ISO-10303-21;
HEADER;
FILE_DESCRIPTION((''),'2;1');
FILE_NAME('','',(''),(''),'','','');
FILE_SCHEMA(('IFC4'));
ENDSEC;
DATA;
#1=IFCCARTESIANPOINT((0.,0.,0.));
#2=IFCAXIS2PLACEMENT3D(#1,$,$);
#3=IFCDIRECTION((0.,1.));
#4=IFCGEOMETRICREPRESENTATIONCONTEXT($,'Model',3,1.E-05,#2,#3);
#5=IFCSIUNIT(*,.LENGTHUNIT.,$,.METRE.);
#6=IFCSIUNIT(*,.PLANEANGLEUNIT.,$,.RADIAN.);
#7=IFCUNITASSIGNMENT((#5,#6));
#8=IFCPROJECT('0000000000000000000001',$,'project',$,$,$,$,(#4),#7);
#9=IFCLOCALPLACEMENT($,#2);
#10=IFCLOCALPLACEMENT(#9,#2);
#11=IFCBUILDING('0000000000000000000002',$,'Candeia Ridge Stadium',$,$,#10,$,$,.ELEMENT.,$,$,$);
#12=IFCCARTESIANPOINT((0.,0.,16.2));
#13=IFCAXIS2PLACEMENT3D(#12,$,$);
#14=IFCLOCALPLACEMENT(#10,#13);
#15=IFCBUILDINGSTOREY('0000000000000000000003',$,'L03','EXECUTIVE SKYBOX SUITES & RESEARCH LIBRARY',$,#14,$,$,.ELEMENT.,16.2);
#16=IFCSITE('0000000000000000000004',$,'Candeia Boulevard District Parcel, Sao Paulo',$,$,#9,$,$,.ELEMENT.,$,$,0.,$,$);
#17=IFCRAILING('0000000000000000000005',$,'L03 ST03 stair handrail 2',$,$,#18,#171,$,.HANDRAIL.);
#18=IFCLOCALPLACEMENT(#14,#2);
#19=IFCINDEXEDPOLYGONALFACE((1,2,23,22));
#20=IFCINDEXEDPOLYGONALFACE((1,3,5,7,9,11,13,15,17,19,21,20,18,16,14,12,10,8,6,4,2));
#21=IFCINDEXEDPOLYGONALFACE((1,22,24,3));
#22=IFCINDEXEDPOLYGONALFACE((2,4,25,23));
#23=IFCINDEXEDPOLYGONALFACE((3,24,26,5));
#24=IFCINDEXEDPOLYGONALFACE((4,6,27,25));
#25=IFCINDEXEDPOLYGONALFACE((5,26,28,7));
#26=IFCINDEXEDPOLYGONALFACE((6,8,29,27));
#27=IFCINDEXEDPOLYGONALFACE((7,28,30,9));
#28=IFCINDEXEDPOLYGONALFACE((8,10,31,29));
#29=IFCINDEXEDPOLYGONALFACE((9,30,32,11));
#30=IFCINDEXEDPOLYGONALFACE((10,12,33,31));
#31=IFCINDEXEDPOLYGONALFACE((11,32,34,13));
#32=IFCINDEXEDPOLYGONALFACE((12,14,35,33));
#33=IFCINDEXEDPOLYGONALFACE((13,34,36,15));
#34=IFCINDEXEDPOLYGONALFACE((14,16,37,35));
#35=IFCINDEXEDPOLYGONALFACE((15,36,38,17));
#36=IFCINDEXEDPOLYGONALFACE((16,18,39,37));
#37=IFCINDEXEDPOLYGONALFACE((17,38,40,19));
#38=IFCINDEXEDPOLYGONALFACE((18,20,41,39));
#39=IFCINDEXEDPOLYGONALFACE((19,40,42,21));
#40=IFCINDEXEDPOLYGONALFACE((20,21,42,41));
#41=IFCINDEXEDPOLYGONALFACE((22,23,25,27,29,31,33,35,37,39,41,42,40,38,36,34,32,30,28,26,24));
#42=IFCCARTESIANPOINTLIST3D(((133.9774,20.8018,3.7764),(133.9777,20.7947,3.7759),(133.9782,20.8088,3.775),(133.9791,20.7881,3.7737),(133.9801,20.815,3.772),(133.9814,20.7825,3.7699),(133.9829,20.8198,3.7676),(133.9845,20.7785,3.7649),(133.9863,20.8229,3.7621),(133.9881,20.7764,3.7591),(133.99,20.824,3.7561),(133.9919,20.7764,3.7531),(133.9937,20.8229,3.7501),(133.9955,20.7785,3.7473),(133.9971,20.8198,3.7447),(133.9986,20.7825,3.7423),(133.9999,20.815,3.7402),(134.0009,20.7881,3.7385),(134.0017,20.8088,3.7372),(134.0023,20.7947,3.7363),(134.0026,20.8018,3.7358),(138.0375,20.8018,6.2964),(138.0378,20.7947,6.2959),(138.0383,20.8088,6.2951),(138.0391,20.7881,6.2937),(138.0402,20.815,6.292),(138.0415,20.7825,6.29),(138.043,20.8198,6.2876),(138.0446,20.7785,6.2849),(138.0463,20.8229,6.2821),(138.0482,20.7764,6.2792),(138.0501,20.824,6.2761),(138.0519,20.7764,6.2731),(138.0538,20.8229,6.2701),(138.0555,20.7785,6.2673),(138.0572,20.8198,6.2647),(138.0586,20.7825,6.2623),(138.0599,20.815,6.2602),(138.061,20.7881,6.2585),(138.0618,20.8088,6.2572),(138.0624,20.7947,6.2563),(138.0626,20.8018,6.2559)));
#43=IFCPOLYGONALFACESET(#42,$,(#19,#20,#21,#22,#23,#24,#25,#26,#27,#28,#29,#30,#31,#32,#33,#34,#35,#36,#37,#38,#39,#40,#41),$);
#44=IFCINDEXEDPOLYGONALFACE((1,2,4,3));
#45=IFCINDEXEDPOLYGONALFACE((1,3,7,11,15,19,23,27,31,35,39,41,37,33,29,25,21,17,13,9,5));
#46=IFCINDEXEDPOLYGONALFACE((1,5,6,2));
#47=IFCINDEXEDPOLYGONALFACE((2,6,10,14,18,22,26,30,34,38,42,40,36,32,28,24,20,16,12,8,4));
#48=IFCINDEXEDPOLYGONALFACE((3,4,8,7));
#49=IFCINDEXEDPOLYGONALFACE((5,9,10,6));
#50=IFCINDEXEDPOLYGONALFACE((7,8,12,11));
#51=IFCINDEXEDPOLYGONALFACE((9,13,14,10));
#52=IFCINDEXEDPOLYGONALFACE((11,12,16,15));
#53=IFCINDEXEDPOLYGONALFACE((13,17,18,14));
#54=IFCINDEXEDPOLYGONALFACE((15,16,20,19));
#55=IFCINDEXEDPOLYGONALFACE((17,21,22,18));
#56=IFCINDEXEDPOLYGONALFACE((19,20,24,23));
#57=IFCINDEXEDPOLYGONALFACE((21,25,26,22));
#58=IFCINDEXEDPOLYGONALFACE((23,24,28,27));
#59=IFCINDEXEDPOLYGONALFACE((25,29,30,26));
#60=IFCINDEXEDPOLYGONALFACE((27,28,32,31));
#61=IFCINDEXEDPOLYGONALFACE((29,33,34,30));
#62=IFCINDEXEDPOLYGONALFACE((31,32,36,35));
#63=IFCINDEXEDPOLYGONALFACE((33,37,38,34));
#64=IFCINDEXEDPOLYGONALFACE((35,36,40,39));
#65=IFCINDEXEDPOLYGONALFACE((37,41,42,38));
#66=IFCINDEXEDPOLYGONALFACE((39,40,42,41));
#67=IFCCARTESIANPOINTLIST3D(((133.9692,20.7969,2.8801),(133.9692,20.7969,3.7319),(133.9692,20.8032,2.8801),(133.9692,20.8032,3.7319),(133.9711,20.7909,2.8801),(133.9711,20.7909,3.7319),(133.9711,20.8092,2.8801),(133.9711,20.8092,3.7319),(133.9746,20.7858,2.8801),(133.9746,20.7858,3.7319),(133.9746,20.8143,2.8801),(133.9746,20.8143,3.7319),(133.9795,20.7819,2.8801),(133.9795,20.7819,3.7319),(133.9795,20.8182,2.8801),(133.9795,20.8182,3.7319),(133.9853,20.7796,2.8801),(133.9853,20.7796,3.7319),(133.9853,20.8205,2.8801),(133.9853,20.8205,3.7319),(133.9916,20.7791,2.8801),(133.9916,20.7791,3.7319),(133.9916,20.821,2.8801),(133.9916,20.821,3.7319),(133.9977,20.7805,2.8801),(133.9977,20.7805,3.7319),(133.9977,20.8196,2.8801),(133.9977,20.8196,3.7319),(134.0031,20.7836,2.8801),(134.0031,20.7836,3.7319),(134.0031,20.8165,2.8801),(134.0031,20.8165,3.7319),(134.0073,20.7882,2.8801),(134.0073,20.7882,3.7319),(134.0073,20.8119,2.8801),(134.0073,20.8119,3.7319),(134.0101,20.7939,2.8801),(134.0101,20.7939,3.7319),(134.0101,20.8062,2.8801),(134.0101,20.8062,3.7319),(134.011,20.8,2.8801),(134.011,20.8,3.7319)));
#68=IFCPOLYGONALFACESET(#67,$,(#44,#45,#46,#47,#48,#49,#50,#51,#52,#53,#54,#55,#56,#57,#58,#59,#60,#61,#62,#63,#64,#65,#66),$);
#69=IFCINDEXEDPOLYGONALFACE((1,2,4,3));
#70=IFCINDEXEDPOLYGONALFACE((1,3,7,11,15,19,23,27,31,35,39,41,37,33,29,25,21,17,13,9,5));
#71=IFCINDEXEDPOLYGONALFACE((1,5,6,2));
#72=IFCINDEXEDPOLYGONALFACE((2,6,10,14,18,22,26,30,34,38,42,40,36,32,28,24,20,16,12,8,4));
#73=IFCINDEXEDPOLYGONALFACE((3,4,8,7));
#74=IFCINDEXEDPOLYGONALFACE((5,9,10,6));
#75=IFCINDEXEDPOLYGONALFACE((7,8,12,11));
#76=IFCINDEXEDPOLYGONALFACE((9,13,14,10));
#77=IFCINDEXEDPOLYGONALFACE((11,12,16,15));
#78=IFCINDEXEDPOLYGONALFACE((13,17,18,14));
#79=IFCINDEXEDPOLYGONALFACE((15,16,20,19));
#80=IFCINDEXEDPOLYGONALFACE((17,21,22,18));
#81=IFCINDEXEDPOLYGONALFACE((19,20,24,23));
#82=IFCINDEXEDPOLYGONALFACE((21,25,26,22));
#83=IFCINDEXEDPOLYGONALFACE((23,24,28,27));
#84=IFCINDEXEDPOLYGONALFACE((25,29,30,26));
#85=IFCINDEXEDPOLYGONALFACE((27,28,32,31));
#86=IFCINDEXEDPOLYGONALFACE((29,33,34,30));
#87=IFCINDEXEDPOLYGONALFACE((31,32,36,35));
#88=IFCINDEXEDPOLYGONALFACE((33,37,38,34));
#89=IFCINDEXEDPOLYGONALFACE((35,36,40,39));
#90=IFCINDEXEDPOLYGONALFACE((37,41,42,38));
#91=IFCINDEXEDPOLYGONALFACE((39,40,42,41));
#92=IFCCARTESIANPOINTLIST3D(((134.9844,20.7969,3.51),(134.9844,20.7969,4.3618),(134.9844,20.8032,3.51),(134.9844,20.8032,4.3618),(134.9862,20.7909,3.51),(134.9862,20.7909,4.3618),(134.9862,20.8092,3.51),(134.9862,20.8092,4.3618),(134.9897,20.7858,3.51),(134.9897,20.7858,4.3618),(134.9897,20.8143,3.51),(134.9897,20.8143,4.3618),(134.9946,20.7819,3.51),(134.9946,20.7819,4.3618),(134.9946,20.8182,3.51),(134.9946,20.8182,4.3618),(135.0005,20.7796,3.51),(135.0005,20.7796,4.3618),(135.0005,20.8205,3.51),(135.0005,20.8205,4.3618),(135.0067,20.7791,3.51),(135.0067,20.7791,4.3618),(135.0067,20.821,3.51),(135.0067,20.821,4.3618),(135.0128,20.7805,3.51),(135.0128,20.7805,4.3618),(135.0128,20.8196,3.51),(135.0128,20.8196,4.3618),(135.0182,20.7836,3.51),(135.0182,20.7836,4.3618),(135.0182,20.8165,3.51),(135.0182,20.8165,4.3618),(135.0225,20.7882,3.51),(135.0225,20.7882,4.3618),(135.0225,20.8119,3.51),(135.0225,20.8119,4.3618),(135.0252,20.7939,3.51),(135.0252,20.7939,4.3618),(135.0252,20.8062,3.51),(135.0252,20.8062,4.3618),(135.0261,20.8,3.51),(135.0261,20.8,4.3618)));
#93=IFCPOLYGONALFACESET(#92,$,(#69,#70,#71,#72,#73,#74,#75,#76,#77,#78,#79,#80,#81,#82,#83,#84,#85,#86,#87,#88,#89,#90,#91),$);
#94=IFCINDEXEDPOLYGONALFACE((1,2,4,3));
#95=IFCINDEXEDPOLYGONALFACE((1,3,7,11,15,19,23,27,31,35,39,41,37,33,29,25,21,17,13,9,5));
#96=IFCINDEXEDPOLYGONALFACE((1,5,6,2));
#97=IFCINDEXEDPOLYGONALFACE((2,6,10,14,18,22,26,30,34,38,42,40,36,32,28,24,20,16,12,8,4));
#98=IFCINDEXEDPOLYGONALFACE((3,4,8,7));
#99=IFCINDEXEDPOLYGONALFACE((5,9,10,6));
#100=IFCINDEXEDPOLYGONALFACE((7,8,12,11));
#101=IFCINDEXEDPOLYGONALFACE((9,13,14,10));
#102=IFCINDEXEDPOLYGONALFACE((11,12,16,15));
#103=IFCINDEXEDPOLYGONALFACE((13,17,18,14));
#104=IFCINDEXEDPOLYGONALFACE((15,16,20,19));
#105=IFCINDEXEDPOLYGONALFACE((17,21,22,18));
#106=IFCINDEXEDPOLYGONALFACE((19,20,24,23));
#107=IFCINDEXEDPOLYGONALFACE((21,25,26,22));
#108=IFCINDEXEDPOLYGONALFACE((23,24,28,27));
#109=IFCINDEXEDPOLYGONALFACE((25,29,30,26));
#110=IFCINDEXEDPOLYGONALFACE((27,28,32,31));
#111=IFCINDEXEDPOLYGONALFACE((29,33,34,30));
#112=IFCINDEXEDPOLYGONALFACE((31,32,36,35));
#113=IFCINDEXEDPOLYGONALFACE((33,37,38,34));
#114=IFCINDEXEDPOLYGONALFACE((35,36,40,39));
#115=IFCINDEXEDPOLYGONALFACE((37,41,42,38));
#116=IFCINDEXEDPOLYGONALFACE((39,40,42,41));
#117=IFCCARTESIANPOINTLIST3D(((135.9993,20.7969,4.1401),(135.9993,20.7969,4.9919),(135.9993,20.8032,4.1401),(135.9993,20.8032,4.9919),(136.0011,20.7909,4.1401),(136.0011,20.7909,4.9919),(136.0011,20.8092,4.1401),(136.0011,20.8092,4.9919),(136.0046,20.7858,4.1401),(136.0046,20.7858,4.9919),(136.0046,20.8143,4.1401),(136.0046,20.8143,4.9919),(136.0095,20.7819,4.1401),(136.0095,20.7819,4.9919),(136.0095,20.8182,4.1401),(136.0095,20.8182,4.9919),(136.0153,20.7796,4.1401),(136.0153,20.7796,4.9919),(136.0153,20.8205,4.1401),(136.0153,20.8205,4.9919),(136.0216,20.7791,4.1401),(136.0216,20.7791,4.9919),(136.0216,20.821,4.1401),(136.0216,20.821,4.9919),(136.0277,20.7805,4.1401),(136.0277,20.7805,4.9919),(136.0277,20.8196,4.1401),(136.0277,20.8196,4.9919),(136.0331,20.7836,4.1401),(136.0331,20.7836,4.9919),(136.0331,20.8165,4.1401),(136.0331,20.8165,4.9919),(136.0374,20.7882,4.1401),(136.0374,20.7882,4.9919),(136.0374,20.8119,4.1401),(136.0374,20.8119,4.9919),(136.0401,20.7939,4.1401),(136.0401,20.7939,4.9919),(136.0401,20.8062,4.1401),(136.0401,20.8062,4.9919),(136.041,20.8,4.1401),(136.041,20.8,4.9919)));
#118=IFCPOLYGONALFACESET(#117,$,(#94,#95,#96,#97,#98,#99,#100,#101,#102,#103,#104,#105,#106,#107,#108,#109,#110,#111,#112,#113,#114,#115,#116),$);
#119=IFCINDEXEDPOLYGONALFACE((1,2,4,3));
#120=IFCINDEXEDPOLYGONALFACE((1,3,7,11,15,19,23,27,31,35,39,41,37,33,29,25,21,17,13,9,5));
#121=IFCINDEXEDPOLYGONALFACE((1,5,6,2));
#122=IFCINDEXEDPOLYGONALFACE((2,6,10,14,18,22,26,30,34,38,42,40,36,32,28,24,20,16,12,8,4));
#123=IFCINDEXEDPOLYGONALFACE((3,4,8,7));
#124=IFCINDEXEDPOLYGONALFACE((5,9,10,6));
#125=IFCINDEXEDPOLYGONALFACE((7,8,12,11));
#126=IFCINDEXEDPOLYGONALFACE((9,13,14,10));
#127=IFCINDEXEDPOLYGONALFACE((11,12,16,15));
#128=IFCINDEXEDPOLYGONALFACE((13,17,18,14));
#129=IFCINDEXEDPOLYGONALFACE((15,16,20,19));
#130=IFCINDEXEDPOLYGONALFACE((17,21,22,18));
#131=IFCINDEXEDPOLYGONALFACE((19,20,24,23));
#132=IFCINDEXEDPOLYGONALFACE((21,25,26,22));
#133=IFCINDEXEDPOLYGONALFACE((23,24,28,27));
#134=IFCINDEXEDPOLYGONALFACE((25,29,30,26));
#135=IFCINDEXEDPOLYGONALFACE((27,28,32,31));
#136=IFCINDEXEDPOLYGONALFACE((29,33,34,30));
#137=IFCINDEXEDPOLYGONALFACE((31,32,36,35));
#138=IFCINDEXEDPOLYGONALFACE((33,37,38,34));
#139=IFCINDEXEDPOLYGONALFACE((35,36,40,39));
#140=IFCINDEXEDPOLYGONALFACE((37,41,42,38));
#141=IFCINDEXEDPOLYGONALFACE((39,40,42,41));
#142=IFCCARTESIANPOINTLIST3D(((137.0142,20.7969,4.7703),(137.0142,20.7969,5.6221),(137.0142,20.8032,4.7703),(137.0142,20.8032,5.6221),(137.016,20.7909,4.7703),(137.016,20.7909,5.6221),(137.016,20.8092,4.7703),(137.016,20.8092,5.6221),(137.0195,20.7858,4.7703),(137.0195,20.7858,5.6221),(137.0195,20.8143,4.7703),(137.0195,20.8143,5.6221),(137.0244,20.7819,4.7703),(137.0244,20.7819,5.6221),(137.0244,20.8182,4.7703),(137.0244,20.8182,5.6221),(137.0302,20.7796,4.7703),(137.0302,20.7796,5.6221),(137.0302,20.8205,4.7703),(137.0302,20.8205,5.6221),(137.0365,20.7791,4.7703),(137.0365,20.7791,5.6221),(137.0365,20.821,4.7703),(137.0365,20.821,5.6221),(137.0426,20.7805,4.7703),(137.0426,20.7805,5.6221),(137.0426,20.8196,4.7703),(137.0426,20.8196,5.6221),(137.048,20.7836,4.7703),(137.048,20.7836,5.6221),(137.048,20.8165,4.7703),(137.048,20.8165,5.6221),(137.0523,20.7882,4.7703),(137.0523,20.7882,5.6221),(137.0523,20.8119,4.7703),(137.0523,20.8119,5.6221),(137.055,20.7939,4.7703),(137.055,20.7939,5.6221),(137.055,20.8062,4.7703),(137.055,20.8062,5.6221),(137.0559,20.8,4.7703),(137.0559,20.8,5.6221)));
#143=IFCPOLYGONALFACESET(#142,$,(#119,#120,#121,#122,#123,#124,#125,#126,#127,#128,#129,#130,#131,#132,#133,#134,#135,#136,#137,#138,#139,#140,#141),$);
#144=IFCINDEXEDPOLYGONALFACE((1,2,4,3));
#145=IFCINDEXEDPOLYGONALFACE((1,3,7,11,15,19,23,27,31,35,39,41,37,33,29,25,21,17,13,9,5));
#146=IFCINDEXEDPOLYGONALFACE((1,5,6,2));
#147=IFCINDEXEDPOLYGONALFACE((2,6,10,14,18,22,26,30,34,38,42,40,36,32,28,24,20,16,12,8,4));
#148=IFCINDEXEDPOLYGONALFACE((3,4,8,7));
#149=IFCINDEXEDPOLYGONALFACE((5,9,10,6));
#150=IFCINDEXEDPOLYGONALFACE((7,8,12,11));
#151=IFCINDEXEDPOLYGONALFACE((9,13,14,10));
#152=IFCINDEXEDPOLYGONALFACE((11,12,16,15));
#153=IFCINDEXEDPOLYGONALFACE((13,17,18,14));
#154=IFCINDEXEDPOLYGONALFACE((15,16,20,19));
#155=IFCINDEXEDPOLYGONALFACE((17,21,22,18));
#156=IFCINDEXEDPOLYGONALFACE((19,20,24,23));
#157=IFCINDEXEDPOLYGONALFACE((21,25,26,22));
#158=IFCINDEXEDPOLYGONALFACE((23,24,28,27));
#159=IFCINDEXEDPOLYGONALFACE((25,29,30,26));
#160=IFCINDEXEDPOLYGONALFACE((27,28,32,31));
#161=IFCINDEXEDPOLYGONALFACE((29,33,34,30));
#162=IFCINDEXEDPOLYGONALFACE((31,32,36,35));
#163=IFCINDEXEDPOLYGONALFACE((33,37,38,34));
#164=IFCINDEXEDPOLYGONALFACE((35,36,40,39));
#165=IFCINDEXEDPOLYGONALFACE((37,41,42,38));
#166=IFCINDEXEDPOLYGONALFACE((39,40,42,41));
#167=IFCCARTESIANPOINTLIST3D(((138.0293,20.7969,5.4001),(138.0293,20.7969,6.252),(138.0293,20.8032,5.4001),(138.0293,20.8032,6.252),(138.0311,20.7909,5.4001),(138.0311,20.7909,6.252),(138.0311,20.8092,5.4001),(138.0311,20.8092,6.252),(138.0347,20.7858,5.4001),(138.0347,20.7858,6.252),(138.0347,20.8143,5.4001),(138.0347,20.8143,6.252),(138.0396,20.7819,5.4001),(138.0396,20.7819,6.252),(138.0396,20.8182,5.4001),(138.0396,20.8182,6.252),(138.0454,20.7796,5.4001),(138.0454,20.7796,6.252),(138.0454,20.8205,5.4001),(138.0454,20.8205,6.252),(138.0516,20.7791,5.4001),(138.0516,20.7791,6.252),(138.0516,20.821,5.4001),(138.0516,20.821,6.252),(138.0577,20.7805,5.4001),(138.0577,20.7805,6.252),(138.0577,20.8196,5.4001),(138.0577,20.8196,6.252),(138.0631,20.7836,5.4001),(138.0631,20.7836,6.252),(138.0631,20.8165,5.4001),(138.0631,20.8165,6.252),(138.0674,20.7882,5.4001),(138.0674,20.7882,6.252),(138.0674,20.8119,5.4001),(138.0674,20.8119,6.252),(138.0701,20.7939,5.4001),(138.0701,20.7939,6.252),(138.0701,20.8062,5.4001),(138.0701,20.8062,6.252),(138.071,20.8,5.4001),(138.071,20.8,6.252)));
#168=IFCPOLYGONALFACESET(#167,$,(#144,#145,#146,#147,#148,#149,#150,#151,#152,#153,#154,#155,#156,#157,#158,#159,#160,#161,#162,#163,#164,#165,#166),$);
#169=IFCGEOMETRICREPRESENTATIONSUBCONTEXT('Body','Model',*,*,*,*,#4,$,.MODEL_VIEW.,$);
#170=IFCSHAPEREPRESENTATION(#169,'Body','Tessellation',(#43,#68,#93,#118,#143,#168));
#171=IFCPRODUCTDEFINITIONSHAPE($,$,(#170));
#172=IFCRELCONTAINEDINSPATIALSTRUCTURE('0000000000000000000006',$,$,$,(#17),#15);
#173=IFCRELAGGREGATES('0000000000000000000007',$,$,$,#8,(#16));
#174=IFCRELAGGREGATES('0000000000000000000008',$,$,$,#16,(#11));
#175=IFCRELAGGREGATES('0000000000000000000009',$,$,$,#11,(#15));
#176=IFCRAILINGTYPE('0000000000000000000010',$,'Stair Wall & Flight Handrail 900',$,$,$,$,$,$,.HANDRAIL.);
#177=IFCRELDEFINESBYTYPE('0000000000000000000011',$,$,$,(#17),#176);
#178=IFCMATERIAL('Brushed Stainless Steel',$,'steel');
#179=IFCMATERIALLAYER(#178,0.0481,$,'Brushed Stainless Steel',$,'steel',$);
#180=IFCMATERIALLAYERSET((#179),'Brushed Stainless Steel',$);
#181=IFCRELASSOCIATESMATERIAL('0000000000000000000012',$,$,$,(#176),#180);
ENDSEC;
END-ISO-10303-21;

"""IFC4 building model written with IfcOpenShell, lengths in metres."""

from ifc_helpers import new_model, si_unit, direction, frame, origin, origin_2d, place, context, subcontext, project, spatial, circle, extrude, material, layer, layer_set, type_object, element, save


model = new_model("IFC4")

# Units and contexts
model_context = context("Model", 3, precision=1e-05, world=origin(), true_north=direction((0.0, 1.0)))
body_context = subcontext(model_context, "Body", "Model", "MODEL_VIEW")
ifc_project = project(units=[si_unit("LENGTHUNIT", "METRE"), si_unit("PLANEANGLEUNIT", "RADIAN")], contexts=[model_context])

# Site, building, storey
site_placement = place(None, origin())
site = spatial("IfcSite", under=ifc_project, at=site_placement, Name="Candeia Boulevard District Parcel, Sao Paulo", CompositionType="ELEMENT", RefElevation=0.0)
building_placement = place(site_placement, origin())
building = spatial("IfcBuilding", under=site, at=building_placement, Name="Candeia Ridge Stadium", CompositionType="ELEMENT")
storey_placement = place(building_placement, frame((0.0, 0.0, 16.2)))
storey = spatial("IfcBuildingStorey", under=building, at=storey_placement, Name="L03", Description="EXECUTIVE SKYBOX SUITES & RESEARCH LIBRARY", CompositionType="ELEMENT", Elevation=16.2)

# Railing
ifc_material_1 = material(Name="Brushed Stainless Steel", Category="steel")
ifc_layer_1 = layer(ifc_material_1, 0.0481, Name="Brushed Stainless Steel", Category="steel")
ifc_layer_set_1 = layer_set([ifc_layer_1], Name="Brushed Stainless Steel")
railing_type_1 = type_object("IfcRailingType", Name="Stair Wall & Flight Handrail 900", PredefinedType="HANDRAIL", material=ifc_layer_set_1)
railing_1_placement = place(storey_placement, frame((133.99, 20.8, 2.8801)))
element("IfcRailing", 1, at=railing_1_placement, inside=storey, type_object=railing_type_1, Name="L03 ST03 stair handrail 2", PredefinedType="HANDRAIL", context=body_context, shape_type="SweptSolid", body=[
    extrude(circle(Radius=0.0239, at=origin_2d()), frame((0.0, 0.0, 0.876), z_axis=(0.849642, 0.0, 0.52736), x_axis=(0.0, 1.0, 0.0)), (0.0, 0.0, 1.0), 4.7786),
    extrude(circle(Radius=0.021, at=origin_2d()), origin(), (0.0, 0.0, 1.0), 0.8518),
    extrude(circle(Radius=0.021, at=origin_2d()), frame((1.0151, 0.0, 0.6299)), (0.0, 0.0, 1.0), 0.8518),
    extrude(circle(Radius=0.021, at=origin_2d()), frame((2.03, 0.0, 1.26)), (0.0, 0.0, 1.0), 0.8518),
    extrude(circle(Radius=0.021, at=origin_2d()), frame((3.0449, 0.0, 1.8901)), (0.0, 0.0, 1.0), 0.8518),
    extrude(circle(Radius=0.021, at=origin_2d()), frame((4.0601, 0.0, 2.52)), (0.0, 0.0, 1.0), 0.8518),
])

save(model, "model.ifc")
